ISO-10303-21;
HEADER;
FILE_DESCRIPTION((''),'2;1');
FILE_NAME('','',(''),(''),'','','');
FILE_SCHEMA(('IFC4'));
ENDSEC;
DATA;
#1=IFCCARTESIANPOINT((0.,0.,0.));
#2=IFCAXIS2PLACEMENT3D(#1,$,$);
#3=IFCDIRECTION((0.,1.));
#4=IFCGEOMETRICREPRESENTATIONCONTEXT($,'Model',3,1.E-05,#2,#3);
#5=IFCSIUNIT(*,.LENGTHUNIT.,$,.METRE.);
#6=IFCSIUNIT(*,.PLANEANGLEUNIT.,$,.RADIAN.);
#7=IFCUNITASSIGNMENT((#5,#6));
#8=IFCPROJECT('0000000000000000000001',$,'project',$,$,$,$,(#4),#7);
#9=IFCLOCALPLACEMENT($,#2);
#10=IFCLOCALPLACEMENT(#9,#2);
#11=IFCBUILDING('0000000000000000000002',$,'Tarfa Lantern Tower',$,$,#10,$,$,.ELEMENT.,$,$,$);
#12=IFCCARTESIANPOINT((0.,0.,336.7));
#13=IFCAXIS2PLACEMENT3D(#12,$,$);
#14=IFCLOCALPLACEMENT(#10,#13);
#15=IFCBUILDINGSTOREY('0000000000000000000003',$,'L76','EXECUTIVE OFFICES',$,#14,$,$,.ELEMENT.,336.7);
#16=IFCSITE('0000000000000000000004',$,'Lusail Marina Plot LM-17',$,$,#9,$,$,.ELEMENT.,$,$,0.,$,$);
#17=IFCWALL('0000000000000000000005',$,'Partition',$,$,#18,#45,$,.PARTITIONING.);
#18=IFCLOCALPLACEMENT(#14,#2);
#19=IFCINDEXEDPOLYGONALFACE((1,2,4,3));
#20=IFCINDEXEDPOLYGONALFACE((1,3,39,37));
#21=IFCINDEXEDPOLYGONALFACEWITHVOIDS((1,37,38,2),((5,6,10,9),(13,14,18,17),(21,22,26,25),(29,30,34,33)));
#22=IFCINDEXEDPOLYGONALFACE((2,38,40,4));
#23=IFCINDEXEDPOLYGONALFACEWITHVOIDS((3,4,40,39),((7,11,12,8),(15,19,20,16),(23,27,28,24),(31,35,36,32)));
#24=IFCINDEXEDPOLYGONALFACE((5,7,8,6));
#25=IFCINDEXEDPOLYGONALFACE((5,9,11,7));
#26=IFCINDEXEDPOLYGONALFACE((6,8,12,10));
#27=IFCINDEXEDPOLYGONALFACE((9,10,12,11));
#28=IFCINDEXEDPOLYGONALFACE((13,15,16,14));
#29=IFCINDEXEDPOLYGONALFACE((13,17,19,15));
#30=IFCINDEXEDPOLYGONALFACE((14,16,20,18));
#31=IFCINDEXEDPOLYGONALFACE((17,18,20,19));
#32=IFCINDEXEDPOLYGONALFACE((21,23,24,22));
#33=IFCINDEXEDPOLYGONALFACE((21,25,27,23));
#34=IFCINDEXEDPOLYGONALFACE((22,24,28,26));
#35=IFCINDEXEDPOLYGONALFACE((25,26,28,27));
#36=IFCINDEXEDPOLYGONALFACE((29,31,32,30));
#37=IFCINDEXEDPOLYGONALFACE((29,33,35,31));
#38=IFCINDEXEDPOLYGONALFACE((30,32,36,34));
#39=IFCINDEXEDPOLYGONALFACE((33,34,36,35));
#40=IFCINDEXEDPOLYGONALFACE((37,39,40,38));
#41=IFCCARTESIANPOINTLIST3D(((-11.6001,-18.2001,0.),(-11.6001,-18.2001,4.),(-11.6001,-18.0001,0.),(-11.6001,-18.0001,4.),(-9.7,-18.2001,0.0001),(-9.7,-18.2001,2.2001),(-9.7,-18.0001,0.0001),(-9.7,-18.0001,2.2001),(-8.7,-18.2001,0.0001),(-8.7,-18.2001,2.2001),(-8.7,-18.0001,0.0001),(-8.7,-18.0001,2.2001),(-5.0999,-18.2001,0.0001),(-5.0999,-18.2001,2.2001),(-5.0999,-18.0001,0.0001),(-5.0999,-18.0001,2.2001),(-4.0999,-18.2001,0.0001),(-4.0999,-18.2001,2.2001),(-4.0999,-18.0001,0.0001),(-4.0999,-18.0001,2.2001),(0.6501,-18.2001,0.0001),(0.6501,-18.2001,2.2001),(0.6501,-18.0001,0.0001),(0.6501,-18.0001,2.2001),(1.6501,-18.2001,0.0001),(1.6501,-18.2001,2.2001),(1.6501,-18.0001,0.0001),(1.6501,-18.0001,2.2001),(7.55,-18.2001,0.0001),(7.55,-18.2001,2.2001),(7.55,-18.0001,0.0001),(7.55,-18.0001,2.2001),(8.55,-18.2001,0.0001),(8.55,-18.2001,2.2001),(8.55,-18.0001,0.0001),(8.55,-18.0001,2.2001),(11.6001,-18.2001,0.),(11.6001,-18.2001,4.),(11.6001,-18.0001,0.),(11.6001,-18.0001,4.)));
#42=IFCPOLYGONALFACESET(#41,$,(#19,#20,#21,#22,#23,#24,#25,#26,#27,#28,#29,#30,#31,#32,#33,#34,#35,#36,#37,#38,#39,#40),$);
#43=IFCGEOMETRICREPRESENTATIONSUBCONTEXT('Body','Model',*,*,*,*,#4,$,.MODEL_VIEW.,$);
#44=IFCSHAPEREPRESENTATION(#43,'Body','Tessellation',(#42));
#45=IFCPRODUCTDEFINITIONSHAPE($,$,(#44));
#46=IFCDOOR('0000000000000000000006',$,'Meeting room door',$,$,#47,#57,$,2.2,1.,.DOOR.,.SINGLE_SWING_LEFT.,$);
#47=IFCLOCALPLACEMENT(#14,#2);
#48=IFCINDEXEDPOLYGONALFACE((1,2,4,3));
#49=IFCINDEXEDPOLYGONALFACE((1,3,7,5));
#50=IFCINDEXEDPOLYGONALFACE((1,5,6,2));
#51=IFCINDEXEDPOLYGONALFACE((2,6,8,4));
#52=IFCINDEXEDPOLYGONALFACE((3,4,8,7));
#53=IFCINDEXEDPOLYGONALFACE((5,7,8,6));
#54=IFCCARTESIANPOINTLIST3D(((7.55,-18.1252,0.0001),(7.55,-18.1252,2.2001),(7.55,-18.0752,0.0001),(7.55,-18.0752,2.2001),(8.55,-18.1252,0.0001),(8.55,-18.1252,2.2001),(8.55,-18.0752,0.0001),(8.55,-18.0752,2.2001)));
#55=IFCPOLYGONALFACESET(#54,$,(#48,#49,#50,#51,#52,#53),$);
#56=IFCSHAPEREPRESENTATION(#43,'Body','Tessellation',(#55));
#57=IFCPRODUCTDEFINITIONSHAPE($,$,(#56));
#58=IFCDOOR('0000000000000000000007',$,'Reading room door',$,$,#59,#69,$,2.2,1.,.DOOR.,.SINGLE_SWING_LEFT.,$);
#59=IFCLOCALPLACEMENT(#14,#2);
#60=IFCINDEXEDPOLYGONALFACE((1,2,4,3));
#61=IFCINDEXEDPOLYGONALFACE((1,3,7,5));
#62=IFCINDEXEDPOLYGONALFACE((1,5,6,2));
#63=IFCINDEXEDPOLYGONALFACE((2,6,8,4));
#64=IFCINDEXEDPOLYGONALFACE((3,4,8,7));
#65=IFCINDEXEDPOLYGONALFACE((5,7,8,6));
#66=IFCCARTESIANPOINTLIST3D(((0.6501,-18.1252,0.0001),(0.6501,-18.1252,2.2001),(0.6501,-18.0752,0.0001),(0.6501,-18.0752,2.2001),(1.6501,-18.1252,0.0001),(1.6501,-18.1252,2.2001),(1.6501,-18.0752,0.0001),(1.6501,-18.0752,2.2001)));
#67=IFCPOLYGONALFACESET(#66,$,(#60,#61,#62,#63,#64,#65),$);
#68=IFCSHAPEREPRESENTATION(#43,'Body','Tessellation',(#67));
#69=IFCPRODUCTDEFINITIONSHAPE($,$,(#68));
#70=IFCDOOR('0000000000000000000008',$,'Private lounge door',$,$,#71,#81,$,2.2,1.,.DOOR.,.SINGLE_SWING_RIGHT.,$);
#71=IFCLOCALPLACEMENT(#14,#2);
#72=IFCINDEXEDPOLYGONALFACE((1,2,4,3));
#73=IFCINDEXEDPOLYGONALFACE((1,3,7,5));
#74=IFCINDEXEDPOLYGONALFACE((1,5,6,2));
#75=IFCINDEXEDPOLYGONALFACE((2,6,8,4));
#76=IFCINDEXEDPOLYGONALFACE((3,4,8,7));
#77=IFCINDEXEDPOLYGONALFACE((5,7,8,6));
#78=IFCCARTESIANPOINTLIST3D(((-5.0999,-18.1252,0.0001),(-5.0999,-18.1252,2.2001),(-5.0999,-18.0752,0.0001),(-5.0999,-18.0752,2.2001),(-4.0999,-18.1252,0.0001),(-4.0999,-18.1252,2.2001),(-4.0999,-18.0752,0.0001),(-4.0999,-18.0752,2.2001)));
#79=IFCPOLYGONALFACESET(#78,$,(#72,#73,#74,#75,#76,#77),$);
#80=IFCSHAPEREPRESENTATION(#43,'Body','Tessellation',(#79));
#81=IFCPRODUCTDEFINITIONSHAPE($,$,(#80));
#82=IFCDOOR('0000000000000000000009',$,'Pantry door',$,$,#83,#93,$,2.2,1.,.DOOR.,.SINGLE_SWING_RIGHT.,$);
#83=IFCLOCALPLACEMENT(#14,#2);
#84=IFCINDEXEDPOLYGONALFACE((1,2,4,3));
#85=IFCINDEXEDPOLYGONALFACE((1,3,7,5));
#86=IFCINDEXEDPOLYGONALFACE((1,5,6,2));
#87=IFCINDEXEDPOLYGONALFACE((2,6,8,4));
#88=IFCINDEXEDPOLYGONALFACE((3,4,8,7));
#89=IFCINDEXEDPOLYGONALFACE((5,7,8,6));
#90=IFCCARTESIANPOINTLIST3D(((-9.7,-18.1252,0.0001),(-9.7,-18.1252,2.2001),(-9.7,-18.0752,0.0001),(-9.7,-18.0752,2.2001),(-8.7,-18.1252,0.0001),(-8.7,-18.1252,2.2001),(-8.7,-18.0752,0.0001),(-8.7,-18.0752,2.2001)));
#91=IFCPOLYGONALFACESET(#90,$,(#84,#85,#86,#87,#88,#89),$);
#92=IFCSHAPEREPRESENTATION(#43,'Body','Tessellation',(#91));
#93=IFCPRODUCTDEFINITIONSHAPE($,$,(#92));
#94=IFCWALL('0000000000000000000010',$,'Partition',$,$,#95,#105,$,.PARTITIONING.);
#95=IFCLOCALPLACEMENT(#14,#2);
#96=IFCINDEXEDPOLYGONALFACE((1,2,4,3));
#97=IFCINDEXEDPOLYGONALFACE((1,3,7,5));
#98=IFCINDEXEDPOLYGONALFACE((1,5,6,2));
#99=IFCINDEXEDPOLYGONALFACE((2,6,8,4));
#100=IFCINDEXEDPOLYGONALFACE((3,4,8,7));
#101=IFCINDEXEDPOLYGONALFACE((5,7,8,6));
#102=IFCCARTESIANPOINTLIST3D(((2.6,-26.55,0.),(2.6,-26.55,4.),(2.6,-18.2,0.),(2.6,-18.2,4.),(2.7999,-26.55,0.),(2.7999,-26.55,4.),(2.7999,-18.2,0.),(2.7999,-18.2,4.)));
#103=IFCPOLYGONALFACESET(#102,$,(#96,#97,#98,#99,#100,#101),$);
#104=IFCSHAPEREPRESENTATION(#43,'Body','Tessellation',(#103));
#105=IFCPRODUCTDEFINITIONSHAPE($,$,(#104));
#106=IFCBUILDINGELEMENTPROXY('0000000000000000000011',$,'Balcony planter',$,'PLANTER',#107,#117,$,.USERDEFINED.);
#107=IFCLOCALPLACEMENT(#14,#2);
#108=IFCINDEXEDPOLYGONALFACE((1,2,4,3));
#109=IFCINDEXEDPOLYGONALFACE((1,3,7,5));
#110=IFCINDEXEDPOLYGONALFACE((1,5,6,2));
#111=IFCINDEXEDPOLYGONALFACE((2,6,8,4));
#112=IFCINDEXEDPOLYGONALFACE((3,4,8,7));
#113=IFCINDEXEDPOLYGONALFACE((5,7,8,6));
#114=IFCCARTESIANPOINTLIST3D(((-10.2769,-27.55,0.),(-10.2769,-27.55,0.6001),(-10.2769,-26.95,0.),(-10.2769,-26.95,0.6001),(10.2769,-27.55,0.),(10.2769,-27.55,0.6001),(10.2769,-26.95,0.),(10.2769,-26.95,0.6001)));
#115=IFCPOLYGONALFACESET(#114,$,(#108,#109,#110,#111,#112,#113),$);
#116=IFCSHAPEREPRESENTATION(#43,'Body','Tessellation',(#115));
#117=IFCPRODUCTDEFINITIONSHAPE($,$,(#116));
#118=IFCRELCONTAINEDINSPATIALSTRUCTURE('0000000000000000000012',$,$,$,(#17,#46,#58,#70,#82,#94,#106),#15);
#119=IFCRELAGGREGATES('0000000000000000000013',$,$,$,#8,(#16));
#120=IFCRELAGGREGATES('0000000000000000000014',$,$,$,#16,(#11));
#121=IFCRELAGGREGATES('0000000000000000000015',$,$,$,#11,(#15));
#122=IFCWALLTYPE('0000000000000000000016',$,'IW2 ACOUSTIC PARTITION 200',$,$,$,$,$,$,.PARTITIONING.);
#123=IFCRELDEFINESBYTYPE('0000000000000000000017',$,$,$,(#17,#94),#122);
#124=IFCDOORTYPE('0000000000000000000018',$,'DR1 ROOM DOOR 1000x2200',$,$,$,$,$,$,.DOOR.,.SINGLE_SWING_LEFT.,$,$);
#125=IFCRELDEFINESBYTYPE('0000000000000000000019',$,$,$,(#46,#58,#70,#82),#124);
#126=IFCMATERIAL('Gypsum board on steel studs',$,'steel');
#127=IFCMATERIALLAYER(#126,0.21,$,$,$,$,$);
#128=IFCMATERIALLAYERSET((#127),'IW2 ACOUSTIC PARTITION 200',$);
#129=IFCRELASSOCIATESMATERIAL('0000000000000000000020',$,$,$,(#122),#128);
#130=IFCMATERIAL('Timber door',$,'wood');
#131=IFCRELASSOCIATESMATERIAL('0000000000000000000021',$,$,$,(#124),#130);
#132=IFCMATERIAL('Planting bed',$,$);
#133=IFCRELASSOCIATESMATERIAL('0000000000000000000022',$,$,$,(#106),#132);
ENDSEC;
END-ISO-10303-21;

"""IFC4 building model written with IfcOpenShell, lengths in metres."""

from ifc_helpers import new_model, si_unit, direction, frame, frame_2d, origin, origin_2d, place, context, subcontext, project, spatial, rectangle, extrude, material, layer, layer_set, type_object, element, fill, save


model = new_model("IFC4")

# Units and contexts
model_context = context("Model", 3, precision=1e-05, world=origin(), true_north=direction((0.0, 1.0)))
body_context = subcontext(model_context, "Body", "Model", "MODEL_VIEW")
ifc_project = project(units=[si_unit("LENGTHUNIT", "METRE"), si_unit("PLANEANGLEUNIT", "RADIAN")], contexts=[model_context])

# Site, building, storey
site_placement = place(None, origin())
site = spatial("IfcSite", under=ifc_project, at=site_placement, Name="Lusail Marina Plot LM-17", CompositionType="ELEMENT", RefElevation=0.0)
building_placement = place(site_placement, origin())
building = spatial("IfcBuilding", under=site, at=building_placement, Name="Tarfa Lantern Tower", CompositionType="ELEMENT")
storey_placement = place(building_placement, frame((0.0, 0.0, 336.7)))
storey = spatial("IfcBuildingStorey", under=building, at=storey_placement, Name="L76", Description="EXECUTIVE OFFICES", CompositionType="ELEMENT", Elevation=336.7)

# Wall, openings, doors
ifc_material_1 = material(Name="Gypsum board on steel studs", Category="steel")
ifc_layer_1 = layer(ifc_material_1, 0.21)
ifc_layer_set_1 = layer_set([ifc_layer_1], Name="IW2 ACOUSTIC PARTITION 200")
wall_type = type_object("IfcWallType", Name="IW2 ACOUSTIC PARTITION 200", PredefinedType="PARTITIONING", material=ifc_layer_set_1)
wall_1_placement = place(storey_placement, frame((11.6001, -18.1001, 0.0), z_axis=(0.0, 0.0, 1.0), x_axis=(-1.0, 0.0, 0.0)))
wall_1 = element("IfcWall", 1, at=wall_1_placement, inside=storey, type_object=wall_type, Name="Partition", PredefinedType="PARTITIONING", context=body_context, shape_type="SweptSolid", body=[
    extrude(rectangle(XDim=23.2002, YDim=0.2, at=frame_2d((11.6001, 0.0))), origin(), (0.0, 0.0, 1.0), 4.0),
])
opening_1_placement = place(wall_1_placement, frame((3.05, 0.0, 0.0)))
opening_1 = element("IfcOpeningElement", 2, at=opening_1_placement, cuts=wall_1, PredefinedType="OPENING", context=body_context, shape_type="SweptSolid", body=[
    extrude(rectangle(XDim=1.0, YDim=2.2, at=frame_2d((0.5, 1.1001))), frame((0.0, 0.1099, 0.0), z_axis=(0.0, -1.0, 0.0), x_axis=(1.0, 0.0, 0.0)), (0.0, 0.0, 1.0), 0.22),
])
opening_2_placement = place(wall_1_placement, frame((9.95, 0.0, 0.0)))
opening_2 = element("IfcOpeningElement", 3, at=opening_2_placement, cuts=wall_1, PredefinedType="OPENING", context=body_context, shape_type="SweptSolid", body=[
    extrude(rectangle(XDim=1.0, YDim=2.2, at=frame_2d((0.5, 1.1001))), frame((0.0, 0.1099, 0.0), z_axis=(0.0, -1.0, 0.0), x_axis=(1.0, 0.0, 0.0)), (0.0, 0.0, 1.0), 0.22),
])
opening_3_placement = place(wall_1_placement, frame((15.7, 0.0, 0.0)))
opening_3 = element("IfcOpeningElement", 4, at=opening_3_placement, cuts=wall_1, PredefinedType="OPENING", context=body_context, shape_type="SweptSolid", body=[
    extrude(rectangle(XDim=1.0, YDim=2.2, at=frame_2d((0.5, 1.1001))), frame((0.0, 0.1099, 0.0), z_axis=(0.0, -1.0, 0.0), x_axis=(1.0, 0.0, 0.0)), (0.0, 0.0, 1.0), 0.22),
])
opening_4_placement = place(wall_1_placement, frame((20.3, 0.0, 0.0)))
opening_4 = element("IfcOpeningElement", 5, at=opening_4_placement, cuts=wall_1, PredefinedType="OPENING", context=body_context, shape_type="SweptSolid", body=[
    extrude(rectangle(XDim=1.0, YDim=2.2, at=frame_2d((0.5, 1.1001))), frame((0.0, 0.1099, 0.0), z_axis=(0.0, -1.0, 0.0), x_axis=(1.0, 0.0, 0.0)), (0.0, 0.0, 1.0), 0.22),
])
ifc_material_2 = material(Name="Timber door", Category="wood")
door_type = type_object("IfcDoorType", Name="DR1 ROOM DOOR 1000x2200", OperationType="SINGLE_SWING_LEFT", PredefinedType="DOOR", material=ifc_material_2)
door_1_placement = place(opening_1_placement, frame((1.0, 0.0, 0.0), z_axis=(0.0, 0.0, 1.0), x_axis=(-1.0, 0.0, 0.0)))
door_1 = element("IfcDoor", 6, at=door_1_placement, inside=storey, type_object=door_type, Name="Meeting room door", OperationType="SINGLE_SWING_LEFT", OverallHeight=2.2, OverallWidth=1.0, PredefinedType="DOOR", context=body_context, shape_type="SweptSolid", body=[
    extrude(rectangle(XDim=1.0, YDim=2.2, at=frame_2d((0.5, 1.1001))), frame((0.0, 0.0249, 0.0), z_axis=(0.0, -1.0, 0.0), x_axis=(1.0, 0.0, 0.0)), (0.0, 0.0, 1.0), 0.05),
])
fill(opening_1, door_1)
door_2_placement = place(opening_2_placement, frame((1.0, 0.0, 0.0), z_axis=(0.0, 0.0, 1.0), x_axis=(-1.0, 0.0, 0.0)))
door_2 = element("IfcDoor", 7, at=door_2_placement, inside=storey, type_object=door_type, Name="Reading room door", OperationType="SINGLE_SWING_LEFT", OverallHeight=2.2, OverallWidth=1.0, PredefinedType="DOOR", context=body_context, shape_type="SweptSolid", body=[
    extrude(rectangle(XDim=1.0, YDim=2.2, at=frame_2d((0.5, 1.1001))), frame((0.0, 0.0249, 0.0), z_axis=(0.0, -1.0, 0.0), x_axis=(1.0, 0.0, 0.0)), (0.0, 0.0, 1.0), 0.05),
])
fill(opening_2, door_2)
door_3_placement = place(opening_3_placement, frame((1.0, 0.0, 0.0), z_axis=(0.0, 0.0, 1.0), x_axis=(-1.0, 0.0, 0.0)))
door_3 = element("IfcDoor", 8, at=door_3_placement, inside=storey, type_object=door_type, Name="Private lounge door", OperationType="SINGLE_SWING_RIGHT", OverallHeight=2.2, OverallWidth=1.0, PredefinedType="DOOR", context=body_context, shape_type="SweptSolid", body=[
    extrude(rectangle(XDim=1.0, YDim=2.2, at=frame_2d((0.5, 1.1001))), frame((0.0, 0.0249, 0.0), z_axis=(0.0, -1.0, 0.0), x_axis=(1.0, 0.0, 0.0)), (0.0, 0.0, 1.0), 0.05),
])
fill(opening_3, door_3)
door_4_placement = place(opening_4_placement, frame((1.0, 0.0, 0.0), z_axis=(0.0, 0.0, 1.0), x_axis=(-1.0, 0.0, 0.0)))
door_4 = element("IfcDoor", 9, at=door_4_placement, inside=storey, type_object=door_type, Name="Pantry door", OperationType="SINGLE_SWING_RIGHT", OverallHeight=2.2, OverallWidth=1.0, PredefinedType="DOOR", context=body_context, shape_type="SweptSolid", body=[
    extrude(rectangle(XDim=1.0, YDim=2.2, at=frame_2d((0.5, 1.1001))), frame((0.0, 0.0249, 0.0), z_axis=(0.0, -1.0, 0.0), x_axis=(1.0, 0.0, 0.0)), (0.0, 0.0, 1.0), 0.05),
])
fill(opening_4, door_4)

# Wall
wall_2_placement = place(storey_placement, frame((2.7, -18.2, 0.0), z_axis=(0.0, 0.0, 1.0), x_axis=(0.0, -1.0, 0.0)))
element("IfcWall", 10, at=wall_2_placement, inside=storey, type_object=wall_type, Name="Partition", PredefinedType="PARTITIONING", context=body_context, shape_type="SweptSolid", body=[
    extrude(rectangle(XDim=8.3501, YDim=0.2, at=frame_2d((4.175, 0.0))), origin(), (0.0, 0.0, 1.0), 4.0),
])

# Building element proxy
ifc_material_3 = material(Name="Planting bed")
proxy_placement = place(storey_placement, frame((0.0, -27.25, 0.0), z_axis=(0.0, 0.0, 1.0), x_axis=(1.0, 0.0, 0.0)))
element("IfcBuildingElementProxy", 11, at=proxy_placement, inside=storey, material=ifc_material_3, Name="Balcony planter", ObjectType="PLANTER", PredefinedType="USERDEFINED", context=body_context, shape_type="SweptSolid", body=[
    extrude(rectangle(XDim=20.5537, YDim=0.6001, at=origin_2d()), origin(), (0.0, 0.0, 1.0), 0.6001),
])

save(model, "model.ifc")
